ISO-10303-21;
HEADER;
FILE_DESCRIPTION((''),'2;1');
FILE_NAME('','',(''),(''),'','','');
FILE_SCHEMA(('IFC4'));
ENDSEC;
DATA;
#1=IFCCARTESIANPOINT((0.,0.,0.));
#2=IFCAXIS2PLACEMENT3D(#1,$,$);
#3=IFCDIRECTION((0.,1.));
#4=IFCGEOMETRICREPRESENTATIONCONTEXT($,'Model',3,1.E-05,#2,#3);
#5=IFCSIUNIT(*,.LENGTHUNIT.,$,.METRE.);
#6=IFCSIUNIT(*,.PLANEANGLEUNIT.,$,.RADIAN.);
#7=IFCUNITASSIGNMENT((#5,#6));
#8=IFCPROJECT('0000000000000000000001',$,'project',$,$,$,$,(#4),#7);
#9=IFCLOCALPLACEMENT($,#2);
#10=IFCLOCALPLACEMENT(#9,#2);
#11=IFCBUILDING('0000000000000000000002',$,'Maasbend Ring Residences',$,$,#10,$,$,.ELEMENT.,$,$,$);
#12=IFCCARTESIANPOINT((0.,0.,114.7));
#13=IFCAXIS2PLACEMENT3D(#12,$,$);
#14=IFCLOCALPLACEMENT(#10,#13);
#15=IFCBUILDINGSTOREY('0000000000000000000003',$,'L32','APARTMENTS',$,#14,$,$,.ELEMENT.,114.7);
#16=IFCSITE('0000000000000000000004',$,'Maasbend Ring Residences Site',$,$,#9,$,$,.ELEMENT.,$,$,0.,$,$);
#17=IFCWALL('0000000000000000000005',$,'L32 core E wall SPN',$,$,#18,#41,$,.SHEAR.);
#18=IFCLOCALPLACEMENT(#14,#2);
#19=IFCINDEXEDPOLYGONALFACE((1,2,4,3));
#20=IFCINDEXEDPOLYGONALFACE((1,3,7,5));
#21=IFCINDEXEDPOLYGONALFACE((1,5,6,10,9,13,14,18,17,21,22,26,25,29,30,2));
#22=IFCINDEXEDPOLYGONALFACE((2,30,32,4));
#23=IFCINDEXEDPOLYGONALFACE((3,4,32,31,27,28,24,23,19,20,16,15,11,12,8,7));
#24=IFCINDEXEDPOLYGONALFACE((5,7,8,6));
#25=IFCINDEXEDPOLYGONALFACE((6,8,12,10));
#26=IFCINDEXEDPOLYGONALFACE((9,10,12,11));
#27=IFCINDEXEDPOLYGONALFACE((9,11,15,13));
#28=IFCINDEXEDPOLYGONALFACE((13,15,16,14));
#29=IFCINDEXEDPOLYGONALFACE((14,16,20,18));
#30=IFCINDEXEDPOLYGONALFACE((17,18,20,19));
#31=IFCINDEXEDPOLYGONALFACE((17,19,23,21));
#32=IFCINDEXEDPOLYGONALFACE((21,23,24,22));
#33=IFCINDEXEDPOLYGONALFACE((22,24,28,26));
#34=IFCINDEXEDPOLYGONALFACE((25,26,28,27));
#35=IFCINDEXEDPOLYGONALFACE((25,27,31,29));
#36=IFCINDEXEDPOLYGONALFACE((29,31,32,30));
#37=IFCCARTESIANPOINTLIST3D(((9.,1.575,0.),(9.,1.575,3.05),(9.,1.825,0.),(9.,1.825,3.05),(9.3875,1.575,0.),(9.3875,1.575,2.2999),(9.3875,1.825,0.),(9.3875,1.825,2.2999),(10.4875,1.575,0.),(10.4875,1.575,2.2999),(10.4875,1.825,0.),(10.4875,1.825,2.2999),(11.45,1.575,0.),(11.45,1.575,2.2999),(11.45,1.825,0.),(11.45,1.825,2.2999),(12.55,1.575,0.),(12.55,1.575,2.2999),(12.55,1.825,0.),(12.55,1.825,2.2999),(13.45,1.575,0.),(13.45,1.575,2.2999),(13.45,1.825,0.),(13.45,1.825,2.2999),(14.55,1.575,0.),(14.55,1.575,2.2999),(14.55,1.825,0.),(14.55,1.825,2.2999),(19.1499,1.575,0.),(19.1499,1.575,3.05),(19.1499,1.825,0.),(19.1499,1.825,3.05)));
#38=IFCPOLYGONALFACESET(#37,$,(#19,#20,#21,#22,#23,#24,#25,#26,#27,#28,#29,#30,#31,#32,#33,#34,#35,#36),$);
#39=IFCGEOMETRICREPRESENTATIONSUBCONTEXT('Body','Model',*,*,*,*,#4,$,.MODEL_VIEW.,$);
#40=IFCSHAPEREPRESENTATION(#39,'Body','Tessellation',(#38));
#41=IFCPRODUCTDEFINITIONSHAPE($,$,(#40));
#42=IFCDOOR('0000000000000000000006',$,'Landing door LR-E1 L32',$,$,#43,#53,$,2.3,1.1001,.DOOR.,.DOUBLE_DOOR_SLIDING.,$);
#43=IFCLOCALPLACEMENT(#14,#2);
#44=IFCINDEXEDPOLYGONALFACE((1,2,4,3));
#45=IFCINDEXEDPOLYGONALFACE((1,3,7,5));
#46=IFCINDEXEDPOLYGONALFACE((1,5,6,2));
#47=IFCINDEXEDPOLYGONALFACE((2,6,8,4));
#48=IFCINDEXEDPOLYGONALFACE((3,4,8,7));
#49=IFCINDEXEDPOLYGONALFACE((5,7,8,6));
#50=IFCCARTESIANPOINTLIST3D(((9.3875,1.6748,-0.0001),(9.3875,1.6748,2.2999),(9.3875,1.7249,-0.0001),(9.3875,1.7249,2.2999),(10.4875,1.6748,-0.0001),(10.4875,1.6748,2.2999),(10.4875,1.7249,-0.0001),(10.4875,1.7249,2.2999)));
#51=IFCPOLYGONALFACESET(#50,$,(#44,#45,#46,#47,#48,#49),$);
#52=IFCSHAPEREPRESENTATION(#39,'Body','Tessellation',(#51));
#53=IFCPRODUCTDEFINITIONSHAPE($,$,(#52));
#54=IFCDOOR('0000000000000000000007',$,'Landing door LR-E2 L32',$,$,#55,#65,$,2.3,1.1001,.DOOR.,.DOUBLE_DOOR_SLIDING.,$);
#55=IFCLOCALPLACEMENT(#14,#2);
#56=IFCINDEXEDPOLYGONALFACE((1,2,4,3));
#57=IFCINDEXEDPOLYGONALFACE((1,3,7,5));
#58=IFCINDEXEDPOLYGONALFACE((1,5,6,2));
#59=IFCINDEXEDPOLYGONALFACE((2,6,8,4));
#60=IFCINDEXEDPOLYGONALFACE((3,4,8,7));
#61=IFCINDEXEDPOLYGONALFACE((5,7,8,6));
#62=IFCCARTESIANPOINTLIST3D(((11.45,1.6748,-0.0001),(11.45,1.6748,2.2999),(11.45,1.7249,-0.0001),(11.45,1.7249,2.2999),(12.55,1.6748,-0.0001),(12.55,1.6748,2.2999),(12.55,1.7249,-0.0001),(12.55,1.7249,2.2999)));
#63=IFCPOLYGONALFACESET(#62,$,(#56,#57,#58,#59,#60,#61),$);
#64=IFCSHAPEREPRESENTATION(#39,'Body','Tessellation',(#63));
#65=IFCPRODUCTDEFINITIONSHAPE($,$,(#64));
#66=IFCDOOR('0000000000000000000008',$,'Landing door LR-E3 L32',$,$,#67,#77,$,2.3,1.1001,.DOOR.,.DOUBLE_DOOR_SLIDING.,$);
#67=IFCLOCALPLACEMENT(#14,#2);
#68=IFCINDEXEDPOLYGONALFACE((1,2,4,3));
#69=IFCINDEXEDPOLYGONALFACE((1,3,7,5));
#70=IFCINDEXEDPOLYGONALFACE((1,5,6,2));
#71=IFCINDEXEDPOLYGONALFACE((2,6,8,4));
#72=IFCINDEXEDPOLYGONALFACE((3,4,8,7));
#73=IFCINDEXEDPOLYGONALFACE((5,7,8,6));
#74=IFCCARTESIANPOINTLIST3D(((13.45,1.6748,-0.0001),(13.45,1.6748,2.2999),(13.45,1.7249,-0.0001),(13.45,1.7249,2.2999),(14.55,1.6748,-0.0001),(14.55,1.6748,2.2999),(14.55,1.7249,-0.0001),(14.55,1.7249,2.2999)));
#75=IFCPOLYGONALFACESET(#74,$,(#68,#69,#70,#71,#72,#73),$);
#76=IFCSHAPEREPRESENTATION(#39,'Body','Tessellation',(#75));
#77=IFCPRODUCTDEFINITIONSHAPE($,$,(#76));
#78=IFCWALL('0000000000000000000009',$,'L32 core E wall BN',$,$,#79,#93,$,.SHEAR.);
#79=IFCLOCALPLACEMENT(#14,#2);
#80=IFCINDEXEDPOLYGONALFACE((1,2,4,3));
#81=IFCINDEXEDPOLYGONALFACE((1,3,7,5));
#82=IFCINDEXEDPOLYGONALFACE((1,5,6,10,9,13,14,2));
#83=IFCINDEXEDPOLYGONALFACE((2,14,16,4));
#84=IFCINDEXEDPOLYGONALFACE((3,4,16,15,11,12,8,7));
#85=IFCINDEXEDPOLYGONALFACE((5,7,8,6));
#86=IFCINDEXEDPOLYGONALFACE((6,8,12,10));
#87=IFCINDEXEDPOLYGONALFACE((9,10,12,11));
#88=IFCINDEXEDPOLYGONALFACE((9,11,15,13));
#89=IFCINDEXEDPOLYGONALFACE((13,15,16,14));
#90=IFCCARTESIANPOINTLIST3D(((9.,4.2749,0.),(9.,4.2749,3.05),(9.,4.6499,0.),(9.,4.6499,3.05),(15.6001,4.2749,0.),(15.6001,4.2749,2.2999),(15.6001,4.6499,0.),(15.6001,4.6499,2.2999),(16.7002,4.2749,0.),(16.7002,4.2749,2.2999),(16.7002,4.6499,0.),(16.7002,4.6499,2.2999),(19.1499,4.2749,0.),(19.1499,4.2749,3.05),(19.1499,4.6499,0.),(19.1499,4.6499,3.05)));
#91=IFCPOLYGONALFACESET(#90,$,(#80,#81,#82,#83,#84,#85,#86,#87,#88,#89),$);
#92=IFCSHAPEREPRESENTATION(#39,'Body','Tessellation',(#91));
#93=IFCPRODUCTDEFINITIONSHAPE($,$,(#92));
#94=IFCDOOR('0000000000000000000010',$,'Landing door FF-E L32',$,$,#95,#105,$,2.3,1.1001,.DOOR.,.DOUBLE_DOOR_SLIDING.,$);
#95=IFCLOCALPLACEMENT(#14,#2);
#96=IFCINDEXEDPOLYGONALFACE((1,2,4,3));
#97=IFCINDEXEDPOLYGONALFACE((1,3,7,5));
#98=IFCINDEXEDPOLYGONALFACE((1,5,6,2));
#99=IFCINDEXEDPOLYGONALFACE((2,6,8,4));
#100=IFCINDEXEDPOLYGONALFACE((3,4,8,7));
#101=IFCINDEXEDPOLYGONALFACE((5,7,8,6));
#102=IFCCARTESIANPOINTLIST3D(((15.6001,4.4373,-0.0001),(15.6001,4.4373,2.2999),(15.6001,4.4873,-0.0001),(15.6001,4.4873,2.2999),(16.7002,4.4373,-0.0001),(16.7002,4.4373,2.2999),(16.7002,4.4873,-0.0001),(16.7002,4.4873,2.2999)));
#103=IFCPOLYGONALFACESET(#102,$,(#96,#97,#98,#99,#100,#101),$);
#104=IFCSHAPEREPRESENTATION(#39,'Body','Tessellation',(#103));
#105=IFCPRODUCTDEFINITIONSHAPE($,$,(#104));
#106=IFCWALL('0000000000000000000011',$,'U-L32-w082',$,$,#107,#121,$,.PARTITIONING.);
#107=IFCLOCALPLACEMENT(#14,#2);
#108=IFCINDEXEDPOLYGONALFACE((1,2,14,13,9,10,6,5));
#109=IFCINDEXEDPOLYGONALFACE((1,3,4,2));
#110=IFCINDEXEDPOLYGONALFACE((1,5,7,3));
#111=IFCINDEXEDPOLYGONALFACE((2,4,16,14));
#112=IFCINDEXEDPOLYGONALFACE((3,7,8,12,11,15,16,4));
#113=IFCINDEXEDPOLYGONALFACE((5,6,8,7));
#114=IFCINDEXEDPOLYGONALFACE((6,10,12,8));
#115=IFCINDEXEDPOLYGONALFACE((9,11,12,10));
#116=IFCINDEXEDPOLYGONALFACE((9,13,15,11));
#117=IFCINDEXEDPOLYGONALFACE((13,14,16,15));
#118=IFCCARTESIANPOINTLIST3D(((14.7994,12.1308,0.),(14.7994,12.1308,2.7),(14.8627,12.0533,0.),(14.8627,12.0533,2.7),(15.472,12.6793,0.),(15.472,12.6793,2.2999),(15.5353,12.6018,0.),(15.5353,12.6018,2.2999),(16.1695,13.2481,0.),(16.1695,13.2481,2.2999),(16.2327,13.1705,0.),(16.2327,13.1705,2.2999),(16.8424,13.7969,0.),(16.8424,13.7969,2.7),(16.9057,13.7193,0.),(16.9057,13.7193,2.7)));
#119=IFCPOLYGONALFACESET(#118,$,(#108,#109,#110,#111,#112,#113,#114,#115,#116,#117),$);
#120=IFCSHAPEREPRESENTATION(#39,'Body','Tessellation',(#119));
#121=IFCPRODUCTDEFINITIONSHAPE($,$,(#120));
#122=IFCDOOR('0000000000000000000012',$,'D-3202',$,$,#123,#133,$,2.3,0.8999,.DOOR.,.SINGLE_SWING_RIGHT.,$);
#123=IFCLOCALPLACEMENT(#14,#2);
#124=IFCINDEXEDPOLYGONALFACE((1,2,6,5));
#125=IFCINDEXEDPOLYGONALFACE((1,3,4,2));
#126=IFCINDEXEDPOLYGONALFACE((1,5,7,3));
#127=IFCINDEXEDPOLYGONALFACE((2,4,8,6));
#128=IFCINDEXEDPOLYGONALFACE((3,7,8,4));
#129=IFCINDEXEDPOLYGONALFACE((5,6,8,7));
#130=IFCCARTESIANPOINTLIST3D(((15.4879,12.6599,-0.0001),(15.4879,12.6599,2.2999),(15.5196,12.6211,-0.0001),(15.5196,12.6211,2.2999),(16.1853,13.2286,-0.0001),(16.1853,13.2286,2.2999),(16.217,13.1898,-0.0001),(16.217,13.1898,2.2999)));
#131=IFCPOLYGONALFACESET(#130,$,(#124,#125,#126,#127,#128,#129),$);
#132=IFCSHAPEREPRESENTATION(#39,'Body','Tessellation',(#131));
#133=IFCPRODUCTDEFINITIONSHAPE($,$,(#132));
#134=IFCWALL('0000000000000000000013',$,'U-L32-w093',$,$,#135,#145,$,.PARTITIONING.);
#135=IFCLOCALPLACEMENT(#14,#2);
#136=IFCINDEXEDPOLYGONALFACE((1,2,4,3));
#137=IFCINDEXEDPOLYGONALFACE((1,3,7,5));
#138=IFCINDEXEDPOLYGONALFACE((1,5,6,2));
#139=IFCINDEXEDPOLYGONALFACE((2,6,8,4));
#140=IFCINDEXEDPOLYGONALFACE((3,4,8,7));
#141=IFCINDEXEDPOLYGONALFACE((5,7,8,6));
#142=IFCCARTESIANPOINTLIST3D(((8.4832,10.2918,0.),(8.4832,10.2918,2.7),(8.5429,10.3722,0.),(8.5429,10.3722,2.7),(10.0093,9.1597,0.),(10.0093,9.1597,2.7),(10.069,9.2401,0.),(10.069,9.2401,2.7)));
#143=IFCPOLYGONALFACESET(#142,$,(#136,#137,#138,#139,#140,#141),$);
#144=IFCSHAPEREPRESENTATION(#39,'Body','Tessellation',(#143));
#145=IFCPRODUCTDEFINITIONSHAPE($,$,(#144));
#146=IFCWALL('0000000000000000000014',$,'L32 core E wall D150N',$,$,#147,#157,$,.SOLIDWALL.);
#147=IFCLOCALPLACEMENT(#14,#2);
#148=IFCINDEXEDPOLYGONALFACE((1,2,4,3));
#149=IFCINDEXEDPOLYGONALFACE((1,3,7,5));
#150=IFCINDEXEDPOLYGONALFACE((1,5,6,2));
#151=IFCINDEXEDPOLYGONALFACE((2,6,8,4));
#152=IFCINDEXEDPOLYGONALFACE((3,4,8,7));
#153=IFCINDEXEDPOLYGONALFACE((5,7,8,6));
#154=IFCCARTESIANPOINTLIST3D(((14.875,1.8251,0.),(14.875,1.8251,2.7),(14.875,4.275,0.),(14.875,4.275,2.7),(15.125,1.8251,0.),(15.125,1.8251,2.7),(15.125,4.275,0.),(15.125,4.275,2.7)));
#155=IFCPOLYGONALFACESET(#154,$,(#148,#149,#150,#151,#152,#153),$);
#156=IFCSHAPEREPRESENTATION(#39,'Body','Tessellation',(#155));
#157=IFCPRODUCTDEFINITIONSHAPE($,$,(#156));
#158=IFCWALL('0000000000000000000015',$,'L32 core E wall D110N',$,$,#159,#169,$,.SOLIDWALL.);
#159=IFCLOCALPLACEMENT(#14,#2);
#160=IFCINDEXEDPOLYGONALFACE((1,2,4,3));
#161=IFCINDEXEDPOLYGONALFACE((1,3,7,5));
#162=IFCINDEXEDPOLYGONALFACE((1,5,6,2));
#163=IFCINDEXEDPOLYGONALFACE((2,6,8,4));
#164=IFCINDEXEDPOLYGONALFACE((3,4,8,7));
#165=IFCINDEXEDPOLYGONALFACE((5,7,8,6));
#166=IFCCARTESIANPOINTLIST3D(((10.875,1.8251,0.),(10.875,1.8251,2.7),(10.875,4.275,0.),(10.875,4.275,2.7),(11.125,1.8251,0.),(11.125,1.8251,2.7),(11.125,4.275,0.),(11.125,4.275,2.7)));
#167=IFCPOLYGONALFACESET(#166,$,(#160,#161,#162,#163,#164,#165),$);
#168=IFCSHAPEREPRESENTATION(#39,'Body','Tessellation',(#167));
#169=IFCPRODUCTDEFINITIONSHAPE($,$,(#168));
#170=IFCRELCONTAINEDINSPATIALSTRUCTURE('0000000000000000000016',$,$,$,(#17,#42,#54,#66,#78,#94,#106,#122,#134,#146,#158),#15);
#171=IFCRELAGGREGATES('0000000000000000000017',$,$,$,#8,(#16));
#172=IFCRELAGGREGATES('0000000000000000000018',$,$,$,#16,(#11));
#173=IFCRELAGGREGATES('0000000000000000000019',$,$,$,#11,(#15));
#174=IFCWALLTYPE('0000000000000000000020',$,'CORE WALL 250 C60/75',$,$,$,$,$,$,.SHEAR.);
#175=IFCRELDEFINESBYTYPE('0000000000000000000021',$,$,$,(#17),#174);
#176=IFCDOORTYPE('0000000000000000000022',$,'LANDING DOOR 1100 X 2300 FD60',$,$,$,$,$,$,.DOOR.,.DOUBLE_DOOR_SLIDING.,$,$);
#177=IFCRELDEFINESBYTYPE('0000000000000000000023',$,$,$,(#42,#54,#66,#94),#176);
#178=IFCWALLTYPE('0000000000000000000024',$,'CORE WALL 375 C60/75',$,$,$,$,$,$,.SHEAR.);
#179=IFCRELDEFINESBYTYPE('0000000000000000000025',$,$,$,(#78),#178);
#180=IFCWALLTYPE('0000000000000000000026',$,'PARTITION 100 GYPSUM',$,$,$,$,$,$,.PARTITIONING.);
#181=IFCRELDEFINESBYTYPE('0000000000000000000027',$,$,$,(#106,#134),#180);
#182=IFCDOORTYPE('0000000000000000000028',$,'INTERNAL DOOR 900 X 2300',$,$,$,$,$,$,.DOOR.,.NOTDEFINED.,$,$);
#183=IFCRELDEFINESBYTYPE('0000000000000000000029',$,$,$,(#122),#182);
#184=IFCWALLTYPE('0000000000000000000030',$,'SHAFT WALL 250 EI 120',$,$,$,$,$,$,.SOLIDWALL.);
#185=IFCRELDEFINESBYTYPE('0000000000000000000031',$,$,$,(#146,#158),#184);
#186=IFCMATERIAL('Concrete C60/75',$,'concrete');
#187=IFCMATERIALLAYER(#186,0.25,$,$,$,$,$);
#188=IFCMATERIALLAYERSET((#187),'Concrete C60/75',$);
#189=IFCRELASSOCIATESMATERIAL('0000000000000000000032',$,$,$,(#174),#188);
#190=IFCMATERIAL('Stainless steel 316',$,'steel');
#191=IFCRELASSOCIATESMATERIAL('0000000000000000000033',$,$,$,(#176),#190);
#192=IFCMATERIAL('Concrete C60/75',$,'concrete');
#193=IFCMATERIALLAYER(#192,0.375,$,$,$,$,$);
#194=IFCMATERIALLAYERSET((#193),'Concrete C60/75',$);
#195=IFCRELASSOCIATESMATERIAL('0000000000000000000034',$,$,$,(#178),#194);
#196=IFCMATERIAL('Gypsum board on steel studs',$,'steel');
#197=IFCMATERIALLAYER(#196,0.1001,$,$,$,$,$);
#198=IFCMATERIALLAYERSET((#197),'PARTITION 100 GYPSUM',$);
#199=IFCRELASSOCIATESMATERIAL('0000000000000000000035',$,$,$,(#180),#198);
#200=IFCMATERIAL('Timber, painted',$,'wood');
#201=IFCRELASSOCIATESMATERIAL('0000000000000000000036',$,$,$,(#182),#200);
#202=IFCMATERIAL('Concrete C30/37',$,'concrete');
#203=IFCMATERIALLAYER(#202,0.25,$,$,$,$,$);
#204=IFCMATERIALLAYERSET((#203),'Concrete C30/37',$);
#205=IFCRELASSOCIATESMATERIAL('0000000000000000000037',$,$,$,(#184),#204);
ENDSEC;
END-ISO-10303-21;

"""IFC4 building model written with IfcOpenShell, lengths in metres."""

from ifc_helpers import new_model, si_unit, direction, frame, frame_2d, origin, place, context, subcontext, project, spatial, rectangle, extrude, material, layer, layer_set, type_object, element, fill, save


model = new_model("IFC4")

# Units and contexts
model_context = context("Model", 3, precision=1e-05, world=origin(), true_north=direction((0.0, 1.0)))
body_context = subcontext(model_context, "Body", "Model", "MODEL_VIEW")
ifc_project = project(units=[si_unit("LENGTHUNIT", "METRE"), si_unit("PLANEANGLEUNIT", "RADIAN")], contexts=[model_context])

# Site, building, storey
site_placement = place(None, origin())
site = spatial("IfcSite", under=ifc_project, at=site_placement, Name="Maasbend Ring Residences Site", CompositionType="ELEMENT", RefElevation=0.0)
building_placement = place(site_placement, origin())
building = spatial("IfcBuilding", under=site, at=building_placement, Name="Maasbend Ring Residences", CompositionType="ELEMENT")
storey_placement = place(building_placement, frame((0.0, 0.0, 114.7)))
storey = spatial("IfcBuildingStorey", under=building, at=storey_placement, Name="L32", Description="APARTMENTS", CompositionType="ELEMENT", Elevation=114.7)

# Wall, openings, doors
ifc_material_1 = material(Name="Concrete C60/75", Category="concrete")
ifc_layer_1 = layer(ifc_material_1, 0.25)
ifc_layer_set_1 = layer_set([ifc_layer_1], Name="Concrete C60/75")
wall_type_1 = type_object("IfcWallType", Name="CORE WALL 250 C60/75", PredefinedType="SHEAR", material=ifc_layer_set_1)
wall_1_placement = place(storey_placement, frame((9.0, 1.7, 0.0), z_axis=(0.0, 0.0, 1.0), x_axis=(1.0, 0.0, 0.0)))
wall_1 = element("IfcWall", 1, at=wall_1_placement, inside=storey, type_object=wall_type_1, Name="L32 core E wall SPN", PredefinedType="SHEAR", context=body_context, shape_type="SweptSolid", body=[
    extrude(rectangle(XDim=10.1499, YDim=0.25, at=frame_2d((5.075, 0.0))), origin(), (0.0, 0.0, 1.0), 3.05),
])
opening_1_placement = place(wall_1_placement, frame((0.3875, 0.0, 0.0)))
opening_1 = element("IfcOpeningElement", 2, at=opening_1_placement, cuts=wall_1, PredefinedType="OPENING", context=body_context, shape_type="SweptSolid", body=[
    extrude(rectangle(XDim=1.1001, YDim=2.3, at=frame_2d((0.55, 1.1499))), frame((0.0, 0.135, 0.0), z_axis=(0.0, -1.0, 0.0), x_axis=(1.0, 0.0, 0.0)), (0.0, 0.0, 1.0), 0.27),
])
opening_2_placement = place(wall_1_placement, frame((2.45, 0.0, 0.0)))
opening_2 = element("IfcOpeningElement", 3, at=opening_2_placement, cuts=wall_1, PredefinedType="OPENING", context=body_context, shape_type="SweptSolid", body=[
    extrude(rectangle(XDim=1.1001, YDim=2.3, at=frame_2d((0.55, 1.1499))), frame((0.0, 0.135, 0.0), z_axis=(0.0, -1.0, 0.0), x_axis=(1.0, 0.0, 0.0)), (0.0, 0.0, 1.0), 0.27),
])
opening_3_placement = place(wall_1_placement, frame((4.45, 0.0, 0.0)))
opening_3 = element("IfcOpeningElement", 4, at=opening_3_placement, cuts=wall_1, PredefinedType="OPENING", context=body_context, shape_type="SweptSolid", body=[
    extrude(rectangle(XDim=1.1001, YDim=2.3, at=frame_2d((0.55, 1.1499))), frame((0.0, 0.135, 0.0), z_axis=(0.0, -1.0, 0.0), x_axis=(1.0, 0.0, 0.0)), (0.0, 0.0, 1.0), 0.27),
])
ifc_material_2 = material(Name="Stainless steel 316", Category="steel")
door_type_1 = type_object("IfcDoorType", Name="LANDING DOOR 1100 X 2300 FD60", OperationType="DOUBLE_DOOR_SLIDING", PredefinedType="DOOR", material=ifc_material_2)
door_1_placement = place(opening_1_placement, origin())
door_1 = element("IfcDoor", 5, at=door_1_placement, inside=storey, type_object=door_type_1, Name="Landing door LR-E1 L32", OperationType="DOUBLE_DOOR_SLIDING", OverallHeight=2.3, OverallWidth=1.1001, PredefinedType="DOOR", context=body_context, shape_type="SweptSolid", body=[
    extrude(rectangle(XDim=1.1001, YDim=2.3, at=frame_2d((0.55, 1.1499))), frame((0.0, 0.0249, 0.0), z_axis=(0.0, -1.0, 0.0), x_axis=(1.0, 0.0, 0.0)), (0.0, 0.0, 1.0), 0.05),
])
fill(opening_1, door_1)
door_2_placement = place(opening_2_placement, origin())
door_2 = element("IfcDoor", 6, at=door_2_placement, inside=storey, type_object=door_type_1, Name="Landing door LR-E2 L32", OperationType="DOUBLE_DOOR_SLIDING", OverallHeight=2.3, OverallWidth=1.1001, PredefinedType="DOOR", context=body_context, shape_type="SweptSolid", body=[
    extrude(rectangle(XDim=1.1001, YDim=2.3, at=frame_2d((0.55, 1.1499))), frame((0.0, 0.0249, 0.0), z_axis=(0.0, -1.0, 0.0), x_axis=(1.0, 0.0, 0.0)), (0.0, 0.0, 1.0), 0.05),
])
fill(opening_2, door_2)
door_3_placement = place(opening_3_placement, origin())
door_3 = element("IfcDoor", 7, at=door_3_placement, inside=storey, type_object=door_type_1, Name="Landing door LR-E3 L32", OperationType="DOUBLE_DOOR_SLIDING", OverallHeight=2.3, OverallWidth=1.1001, PredefinedType="DOOR", context=body_context, shape_type="SweptSolid", body=[
    extrude(rectangle(XDim=1.1001, YDim=2.3, at=frame_2d((0.55, 1.1499))), frame((0.0, 0.0249, 0.0), z_axis=(0.0, -1.0, 0.0), x_axis=(1.0, 0.0, 0.0)), (0.0, 0.0, 1.0), 0.05),
])
fill(opening_3, door_3)

# Walls, openings, doors
ifc_material_3 = material(Name="Concrete C60/75", Category="concrete")
ifc_layer_2 = layer(ifc_material_3, 0.375)
ifc_layer_set_2 = layer_set([ifc_layer_2], Name="Concrete C60/75")
wall_type_2 = type_object("IfcWallType", Name="CORE WALL 375 C60/75", PredefinedType="SHEAR", material=ifc_layer_set_2)
wall_2_placement = place(storey_placement, frame((9.0, 4.4624, 0.0), z_axis=(0.0, 0.0, 1.0), x_axis=(1.0, 0.0, 0.0)))
wall_2 = element("IfcWall", 8, at=wall_2_placement, inside=storey, type_object=wall_type_2, Name="L32 core E wall BN", PredefinedType="SHEAR", context=body_context, shape_type="SweptSolid", body=[
    extrude(rectangle(XDim=10.1499, YDim=0.375, at=frame_2d((5.075, 0.0))), origin(), (0.0, 0.0, 1.0), 3.05),
])
opening_4_placement = place(wall_2_placement, frame((6.6001, 0.0, 0.0)))
opening_4 = element("IfcOpeningElement", 9, at=opening_4_placement, cuts=wall_2, PredefinedType="OPENING", context=body_context, shape_type="SweptSolid", body=[
    extrude(rectangle(XDim=1.1001, YDim=2.3, at=frame_2d((0.55, 1.1499))), frame((0.0, 0.1975, 0.0), z_axis=(0.0, -1.0, 0.0), x_axis=(1.0, 0.0, 0.0)), (0.0, 0.0, 1.0), 0.395),
])
door_4_placement = place(opening_4_placement, origin())
door_4 = element("IfcDoor", 10, at=door_4_placement, inside=storey, type_object=door_type_1, Name="Landing door FF-E L32", OperationType="DOUBLE_DOOR_SLIDING", OverallHeight=2.3, OverallWidth=1.1001, PredefinedType="DOOR", context=body_context, shape_type="SweptSolid", body=[
    extrude(rectangle(XDim=1.1001, YDim=2.3, at=frame_2d((0.55, 1.1499))), frame((0.0, 0.0249, 0.0), z_axis=(0.0, -1.0, 0.0), x_axis=(1.0, 0.0, 0.0)), (0.0, 0.0, 1.0), 0.05),
])
fill(opening_4, door_4)
ifc_material_4 = material(Name="Gypsum board on steel studs", Category="steel")
ifc_layer_3 = layer(ifc_material_4, 0.1001)
ifc_layer_set_3 = layer_set([ifc_layer_3], Name="PARTITION 100 GYPSUM")
wall_type_3 = type_object("IfcWallType", Name="PARTITION 100 GYPSUM", PredefinedType="PARTITIONING", material=ifc_layer_set_3)
wall_3_placement = place(storey_placement, frame((14.8311, 12.092, 0.0), z_axis=(0.0, 0.0, 1.0), x_axis=(0.77498, 0.631986, 0.0)))
wall_3 = element("IfcWall", 11, at=wall_3_placement, inside=storey, type_object=wall_type_3, Name="U-L32-w082", PredefinedType="PARTITIONING", context=body_context, shape_type="SweptSolid", body=[
    extrude(rectangle(XDim=2.6362, YDim=0.1001, at=frame_2d((1.3181, 0.0))), origin(), (0.0, 0.0, 1.0), 2.7),
])
opening_5_placement = place(wall_3_placement, frame((0.8679, 0.0, 0.0)))
opening_5 = element("IfcOpeningElement", 12, at=opening_5_placement, cuts=wall_3, PredefinedType="OPENING", context=body_context, shape_type="SweptSolid", body=[
    extrude(rectangle(XDim=0.8999, YDim=2.3, at=frame_2d((0.45, 1.1499))), frame((0.0, 0.0601, 0.0), z_axis=(0.0, -1.0, 0.0), x_axis=(1.0, 0.0, 0.0)), (0.0, 0.0, 1.0), 0.1201),
])
ifc_material_5 = material(Name="Timber, painted", Category="wood")
door_type_2 = type_object("IfcDoorType", Name="INTERNAL DOOR 900 X 2300", OperationType="NOTDEFINED", PredefinedType="DOOR", material=ifc_material_5)
door_5_placement = place(opening_5_placement, origin())
door_5 = element("IfcDoor", 13, at=door_5_placement, inside=storey, type_object=door_type_2, Name="D-3202", OperationType="SINGLE_SWING_RIGHT", OverallHeight=2.3, OverallWidth=0.8999, PredefinedType="DOOR", context=body_context, shape_type="SweptSolid", body=[
    extrude(rectangle(XDim=0.8999, YDim=2.3, at=frame_2d((0.45, 1.1499))), frame((0.0, 0.0249, 0.0), z_axis=(0.0, -1.0, 0.0), x_axis=(1.0, 0.0, 0.0)), (0.0, 0.0, 1.0), 0.05),
])
fill(opening_5, door_5)

# Walls
wall_4_placement = place(storey_placement, frame((8.5129, 10.332, 0.0), z_axis=(0.0, 0.0, 1.0), x_axis=(0.80315, -0.595777, 0.0)))
element("IfcWall", 14, at=wall_4_placement, inside=storey, type_object=wall_type_3, Name="U-L32-w093", PredefinedType="PARTITIONING", context=body_context, shape_type="SweptSolid", body=[
    extrude(rectangle(XDim=1.9001, YDim=0.1001, at=frame_2d((0.9502, 0.0))), origin(), (0.0, 0.0, 1.0), 2.7),
])
ifc_material_6 = material(Name="Concrete C30/37", Category="concrete")
ifc_layer_4 = layer(ifc_material_6, 0.25)
ifc_layer_set_4 = layer_set([ifc_layer_4], Name="Concrete C30/37")
wall_type_4 = type_object("IfcWallType", Name="SHAFT WALL 250 EI 120", PredefinedType="SOLIDWALL", material=ifc_layer_set_4)
for number, where, z_axis, x_axis, name in (
    (15, (15.0, 1.825, 0.0), (0.0, 0.0, 1.0), (0.0, 1.0, 0.0), "L32 core E wall D150N"),
    (16, (11.0, 1.825, 0.0), (0.0, 0.0, 1.0), (0.0, 1.0, 0.0), "L32 core E wall D110N"),
):
    element("IfcWall", number, at=place(storey_placement, frame(where, z_axis=z_axis, x_axis=x_axis)), inside=storey, type_object=wall_type_4, Name=name, PredefinedType="SOLIDWALL", context=body_context, shape_type="SweptSolid", body=[
        extrude(rectangle(XDim=2.45, YDim=0.25, at=frame_2d((1.2251, 0.0))), origin(), (0.0, 0.0, 1.0), 2.7),
    ])

save(model, "model.ifc")
